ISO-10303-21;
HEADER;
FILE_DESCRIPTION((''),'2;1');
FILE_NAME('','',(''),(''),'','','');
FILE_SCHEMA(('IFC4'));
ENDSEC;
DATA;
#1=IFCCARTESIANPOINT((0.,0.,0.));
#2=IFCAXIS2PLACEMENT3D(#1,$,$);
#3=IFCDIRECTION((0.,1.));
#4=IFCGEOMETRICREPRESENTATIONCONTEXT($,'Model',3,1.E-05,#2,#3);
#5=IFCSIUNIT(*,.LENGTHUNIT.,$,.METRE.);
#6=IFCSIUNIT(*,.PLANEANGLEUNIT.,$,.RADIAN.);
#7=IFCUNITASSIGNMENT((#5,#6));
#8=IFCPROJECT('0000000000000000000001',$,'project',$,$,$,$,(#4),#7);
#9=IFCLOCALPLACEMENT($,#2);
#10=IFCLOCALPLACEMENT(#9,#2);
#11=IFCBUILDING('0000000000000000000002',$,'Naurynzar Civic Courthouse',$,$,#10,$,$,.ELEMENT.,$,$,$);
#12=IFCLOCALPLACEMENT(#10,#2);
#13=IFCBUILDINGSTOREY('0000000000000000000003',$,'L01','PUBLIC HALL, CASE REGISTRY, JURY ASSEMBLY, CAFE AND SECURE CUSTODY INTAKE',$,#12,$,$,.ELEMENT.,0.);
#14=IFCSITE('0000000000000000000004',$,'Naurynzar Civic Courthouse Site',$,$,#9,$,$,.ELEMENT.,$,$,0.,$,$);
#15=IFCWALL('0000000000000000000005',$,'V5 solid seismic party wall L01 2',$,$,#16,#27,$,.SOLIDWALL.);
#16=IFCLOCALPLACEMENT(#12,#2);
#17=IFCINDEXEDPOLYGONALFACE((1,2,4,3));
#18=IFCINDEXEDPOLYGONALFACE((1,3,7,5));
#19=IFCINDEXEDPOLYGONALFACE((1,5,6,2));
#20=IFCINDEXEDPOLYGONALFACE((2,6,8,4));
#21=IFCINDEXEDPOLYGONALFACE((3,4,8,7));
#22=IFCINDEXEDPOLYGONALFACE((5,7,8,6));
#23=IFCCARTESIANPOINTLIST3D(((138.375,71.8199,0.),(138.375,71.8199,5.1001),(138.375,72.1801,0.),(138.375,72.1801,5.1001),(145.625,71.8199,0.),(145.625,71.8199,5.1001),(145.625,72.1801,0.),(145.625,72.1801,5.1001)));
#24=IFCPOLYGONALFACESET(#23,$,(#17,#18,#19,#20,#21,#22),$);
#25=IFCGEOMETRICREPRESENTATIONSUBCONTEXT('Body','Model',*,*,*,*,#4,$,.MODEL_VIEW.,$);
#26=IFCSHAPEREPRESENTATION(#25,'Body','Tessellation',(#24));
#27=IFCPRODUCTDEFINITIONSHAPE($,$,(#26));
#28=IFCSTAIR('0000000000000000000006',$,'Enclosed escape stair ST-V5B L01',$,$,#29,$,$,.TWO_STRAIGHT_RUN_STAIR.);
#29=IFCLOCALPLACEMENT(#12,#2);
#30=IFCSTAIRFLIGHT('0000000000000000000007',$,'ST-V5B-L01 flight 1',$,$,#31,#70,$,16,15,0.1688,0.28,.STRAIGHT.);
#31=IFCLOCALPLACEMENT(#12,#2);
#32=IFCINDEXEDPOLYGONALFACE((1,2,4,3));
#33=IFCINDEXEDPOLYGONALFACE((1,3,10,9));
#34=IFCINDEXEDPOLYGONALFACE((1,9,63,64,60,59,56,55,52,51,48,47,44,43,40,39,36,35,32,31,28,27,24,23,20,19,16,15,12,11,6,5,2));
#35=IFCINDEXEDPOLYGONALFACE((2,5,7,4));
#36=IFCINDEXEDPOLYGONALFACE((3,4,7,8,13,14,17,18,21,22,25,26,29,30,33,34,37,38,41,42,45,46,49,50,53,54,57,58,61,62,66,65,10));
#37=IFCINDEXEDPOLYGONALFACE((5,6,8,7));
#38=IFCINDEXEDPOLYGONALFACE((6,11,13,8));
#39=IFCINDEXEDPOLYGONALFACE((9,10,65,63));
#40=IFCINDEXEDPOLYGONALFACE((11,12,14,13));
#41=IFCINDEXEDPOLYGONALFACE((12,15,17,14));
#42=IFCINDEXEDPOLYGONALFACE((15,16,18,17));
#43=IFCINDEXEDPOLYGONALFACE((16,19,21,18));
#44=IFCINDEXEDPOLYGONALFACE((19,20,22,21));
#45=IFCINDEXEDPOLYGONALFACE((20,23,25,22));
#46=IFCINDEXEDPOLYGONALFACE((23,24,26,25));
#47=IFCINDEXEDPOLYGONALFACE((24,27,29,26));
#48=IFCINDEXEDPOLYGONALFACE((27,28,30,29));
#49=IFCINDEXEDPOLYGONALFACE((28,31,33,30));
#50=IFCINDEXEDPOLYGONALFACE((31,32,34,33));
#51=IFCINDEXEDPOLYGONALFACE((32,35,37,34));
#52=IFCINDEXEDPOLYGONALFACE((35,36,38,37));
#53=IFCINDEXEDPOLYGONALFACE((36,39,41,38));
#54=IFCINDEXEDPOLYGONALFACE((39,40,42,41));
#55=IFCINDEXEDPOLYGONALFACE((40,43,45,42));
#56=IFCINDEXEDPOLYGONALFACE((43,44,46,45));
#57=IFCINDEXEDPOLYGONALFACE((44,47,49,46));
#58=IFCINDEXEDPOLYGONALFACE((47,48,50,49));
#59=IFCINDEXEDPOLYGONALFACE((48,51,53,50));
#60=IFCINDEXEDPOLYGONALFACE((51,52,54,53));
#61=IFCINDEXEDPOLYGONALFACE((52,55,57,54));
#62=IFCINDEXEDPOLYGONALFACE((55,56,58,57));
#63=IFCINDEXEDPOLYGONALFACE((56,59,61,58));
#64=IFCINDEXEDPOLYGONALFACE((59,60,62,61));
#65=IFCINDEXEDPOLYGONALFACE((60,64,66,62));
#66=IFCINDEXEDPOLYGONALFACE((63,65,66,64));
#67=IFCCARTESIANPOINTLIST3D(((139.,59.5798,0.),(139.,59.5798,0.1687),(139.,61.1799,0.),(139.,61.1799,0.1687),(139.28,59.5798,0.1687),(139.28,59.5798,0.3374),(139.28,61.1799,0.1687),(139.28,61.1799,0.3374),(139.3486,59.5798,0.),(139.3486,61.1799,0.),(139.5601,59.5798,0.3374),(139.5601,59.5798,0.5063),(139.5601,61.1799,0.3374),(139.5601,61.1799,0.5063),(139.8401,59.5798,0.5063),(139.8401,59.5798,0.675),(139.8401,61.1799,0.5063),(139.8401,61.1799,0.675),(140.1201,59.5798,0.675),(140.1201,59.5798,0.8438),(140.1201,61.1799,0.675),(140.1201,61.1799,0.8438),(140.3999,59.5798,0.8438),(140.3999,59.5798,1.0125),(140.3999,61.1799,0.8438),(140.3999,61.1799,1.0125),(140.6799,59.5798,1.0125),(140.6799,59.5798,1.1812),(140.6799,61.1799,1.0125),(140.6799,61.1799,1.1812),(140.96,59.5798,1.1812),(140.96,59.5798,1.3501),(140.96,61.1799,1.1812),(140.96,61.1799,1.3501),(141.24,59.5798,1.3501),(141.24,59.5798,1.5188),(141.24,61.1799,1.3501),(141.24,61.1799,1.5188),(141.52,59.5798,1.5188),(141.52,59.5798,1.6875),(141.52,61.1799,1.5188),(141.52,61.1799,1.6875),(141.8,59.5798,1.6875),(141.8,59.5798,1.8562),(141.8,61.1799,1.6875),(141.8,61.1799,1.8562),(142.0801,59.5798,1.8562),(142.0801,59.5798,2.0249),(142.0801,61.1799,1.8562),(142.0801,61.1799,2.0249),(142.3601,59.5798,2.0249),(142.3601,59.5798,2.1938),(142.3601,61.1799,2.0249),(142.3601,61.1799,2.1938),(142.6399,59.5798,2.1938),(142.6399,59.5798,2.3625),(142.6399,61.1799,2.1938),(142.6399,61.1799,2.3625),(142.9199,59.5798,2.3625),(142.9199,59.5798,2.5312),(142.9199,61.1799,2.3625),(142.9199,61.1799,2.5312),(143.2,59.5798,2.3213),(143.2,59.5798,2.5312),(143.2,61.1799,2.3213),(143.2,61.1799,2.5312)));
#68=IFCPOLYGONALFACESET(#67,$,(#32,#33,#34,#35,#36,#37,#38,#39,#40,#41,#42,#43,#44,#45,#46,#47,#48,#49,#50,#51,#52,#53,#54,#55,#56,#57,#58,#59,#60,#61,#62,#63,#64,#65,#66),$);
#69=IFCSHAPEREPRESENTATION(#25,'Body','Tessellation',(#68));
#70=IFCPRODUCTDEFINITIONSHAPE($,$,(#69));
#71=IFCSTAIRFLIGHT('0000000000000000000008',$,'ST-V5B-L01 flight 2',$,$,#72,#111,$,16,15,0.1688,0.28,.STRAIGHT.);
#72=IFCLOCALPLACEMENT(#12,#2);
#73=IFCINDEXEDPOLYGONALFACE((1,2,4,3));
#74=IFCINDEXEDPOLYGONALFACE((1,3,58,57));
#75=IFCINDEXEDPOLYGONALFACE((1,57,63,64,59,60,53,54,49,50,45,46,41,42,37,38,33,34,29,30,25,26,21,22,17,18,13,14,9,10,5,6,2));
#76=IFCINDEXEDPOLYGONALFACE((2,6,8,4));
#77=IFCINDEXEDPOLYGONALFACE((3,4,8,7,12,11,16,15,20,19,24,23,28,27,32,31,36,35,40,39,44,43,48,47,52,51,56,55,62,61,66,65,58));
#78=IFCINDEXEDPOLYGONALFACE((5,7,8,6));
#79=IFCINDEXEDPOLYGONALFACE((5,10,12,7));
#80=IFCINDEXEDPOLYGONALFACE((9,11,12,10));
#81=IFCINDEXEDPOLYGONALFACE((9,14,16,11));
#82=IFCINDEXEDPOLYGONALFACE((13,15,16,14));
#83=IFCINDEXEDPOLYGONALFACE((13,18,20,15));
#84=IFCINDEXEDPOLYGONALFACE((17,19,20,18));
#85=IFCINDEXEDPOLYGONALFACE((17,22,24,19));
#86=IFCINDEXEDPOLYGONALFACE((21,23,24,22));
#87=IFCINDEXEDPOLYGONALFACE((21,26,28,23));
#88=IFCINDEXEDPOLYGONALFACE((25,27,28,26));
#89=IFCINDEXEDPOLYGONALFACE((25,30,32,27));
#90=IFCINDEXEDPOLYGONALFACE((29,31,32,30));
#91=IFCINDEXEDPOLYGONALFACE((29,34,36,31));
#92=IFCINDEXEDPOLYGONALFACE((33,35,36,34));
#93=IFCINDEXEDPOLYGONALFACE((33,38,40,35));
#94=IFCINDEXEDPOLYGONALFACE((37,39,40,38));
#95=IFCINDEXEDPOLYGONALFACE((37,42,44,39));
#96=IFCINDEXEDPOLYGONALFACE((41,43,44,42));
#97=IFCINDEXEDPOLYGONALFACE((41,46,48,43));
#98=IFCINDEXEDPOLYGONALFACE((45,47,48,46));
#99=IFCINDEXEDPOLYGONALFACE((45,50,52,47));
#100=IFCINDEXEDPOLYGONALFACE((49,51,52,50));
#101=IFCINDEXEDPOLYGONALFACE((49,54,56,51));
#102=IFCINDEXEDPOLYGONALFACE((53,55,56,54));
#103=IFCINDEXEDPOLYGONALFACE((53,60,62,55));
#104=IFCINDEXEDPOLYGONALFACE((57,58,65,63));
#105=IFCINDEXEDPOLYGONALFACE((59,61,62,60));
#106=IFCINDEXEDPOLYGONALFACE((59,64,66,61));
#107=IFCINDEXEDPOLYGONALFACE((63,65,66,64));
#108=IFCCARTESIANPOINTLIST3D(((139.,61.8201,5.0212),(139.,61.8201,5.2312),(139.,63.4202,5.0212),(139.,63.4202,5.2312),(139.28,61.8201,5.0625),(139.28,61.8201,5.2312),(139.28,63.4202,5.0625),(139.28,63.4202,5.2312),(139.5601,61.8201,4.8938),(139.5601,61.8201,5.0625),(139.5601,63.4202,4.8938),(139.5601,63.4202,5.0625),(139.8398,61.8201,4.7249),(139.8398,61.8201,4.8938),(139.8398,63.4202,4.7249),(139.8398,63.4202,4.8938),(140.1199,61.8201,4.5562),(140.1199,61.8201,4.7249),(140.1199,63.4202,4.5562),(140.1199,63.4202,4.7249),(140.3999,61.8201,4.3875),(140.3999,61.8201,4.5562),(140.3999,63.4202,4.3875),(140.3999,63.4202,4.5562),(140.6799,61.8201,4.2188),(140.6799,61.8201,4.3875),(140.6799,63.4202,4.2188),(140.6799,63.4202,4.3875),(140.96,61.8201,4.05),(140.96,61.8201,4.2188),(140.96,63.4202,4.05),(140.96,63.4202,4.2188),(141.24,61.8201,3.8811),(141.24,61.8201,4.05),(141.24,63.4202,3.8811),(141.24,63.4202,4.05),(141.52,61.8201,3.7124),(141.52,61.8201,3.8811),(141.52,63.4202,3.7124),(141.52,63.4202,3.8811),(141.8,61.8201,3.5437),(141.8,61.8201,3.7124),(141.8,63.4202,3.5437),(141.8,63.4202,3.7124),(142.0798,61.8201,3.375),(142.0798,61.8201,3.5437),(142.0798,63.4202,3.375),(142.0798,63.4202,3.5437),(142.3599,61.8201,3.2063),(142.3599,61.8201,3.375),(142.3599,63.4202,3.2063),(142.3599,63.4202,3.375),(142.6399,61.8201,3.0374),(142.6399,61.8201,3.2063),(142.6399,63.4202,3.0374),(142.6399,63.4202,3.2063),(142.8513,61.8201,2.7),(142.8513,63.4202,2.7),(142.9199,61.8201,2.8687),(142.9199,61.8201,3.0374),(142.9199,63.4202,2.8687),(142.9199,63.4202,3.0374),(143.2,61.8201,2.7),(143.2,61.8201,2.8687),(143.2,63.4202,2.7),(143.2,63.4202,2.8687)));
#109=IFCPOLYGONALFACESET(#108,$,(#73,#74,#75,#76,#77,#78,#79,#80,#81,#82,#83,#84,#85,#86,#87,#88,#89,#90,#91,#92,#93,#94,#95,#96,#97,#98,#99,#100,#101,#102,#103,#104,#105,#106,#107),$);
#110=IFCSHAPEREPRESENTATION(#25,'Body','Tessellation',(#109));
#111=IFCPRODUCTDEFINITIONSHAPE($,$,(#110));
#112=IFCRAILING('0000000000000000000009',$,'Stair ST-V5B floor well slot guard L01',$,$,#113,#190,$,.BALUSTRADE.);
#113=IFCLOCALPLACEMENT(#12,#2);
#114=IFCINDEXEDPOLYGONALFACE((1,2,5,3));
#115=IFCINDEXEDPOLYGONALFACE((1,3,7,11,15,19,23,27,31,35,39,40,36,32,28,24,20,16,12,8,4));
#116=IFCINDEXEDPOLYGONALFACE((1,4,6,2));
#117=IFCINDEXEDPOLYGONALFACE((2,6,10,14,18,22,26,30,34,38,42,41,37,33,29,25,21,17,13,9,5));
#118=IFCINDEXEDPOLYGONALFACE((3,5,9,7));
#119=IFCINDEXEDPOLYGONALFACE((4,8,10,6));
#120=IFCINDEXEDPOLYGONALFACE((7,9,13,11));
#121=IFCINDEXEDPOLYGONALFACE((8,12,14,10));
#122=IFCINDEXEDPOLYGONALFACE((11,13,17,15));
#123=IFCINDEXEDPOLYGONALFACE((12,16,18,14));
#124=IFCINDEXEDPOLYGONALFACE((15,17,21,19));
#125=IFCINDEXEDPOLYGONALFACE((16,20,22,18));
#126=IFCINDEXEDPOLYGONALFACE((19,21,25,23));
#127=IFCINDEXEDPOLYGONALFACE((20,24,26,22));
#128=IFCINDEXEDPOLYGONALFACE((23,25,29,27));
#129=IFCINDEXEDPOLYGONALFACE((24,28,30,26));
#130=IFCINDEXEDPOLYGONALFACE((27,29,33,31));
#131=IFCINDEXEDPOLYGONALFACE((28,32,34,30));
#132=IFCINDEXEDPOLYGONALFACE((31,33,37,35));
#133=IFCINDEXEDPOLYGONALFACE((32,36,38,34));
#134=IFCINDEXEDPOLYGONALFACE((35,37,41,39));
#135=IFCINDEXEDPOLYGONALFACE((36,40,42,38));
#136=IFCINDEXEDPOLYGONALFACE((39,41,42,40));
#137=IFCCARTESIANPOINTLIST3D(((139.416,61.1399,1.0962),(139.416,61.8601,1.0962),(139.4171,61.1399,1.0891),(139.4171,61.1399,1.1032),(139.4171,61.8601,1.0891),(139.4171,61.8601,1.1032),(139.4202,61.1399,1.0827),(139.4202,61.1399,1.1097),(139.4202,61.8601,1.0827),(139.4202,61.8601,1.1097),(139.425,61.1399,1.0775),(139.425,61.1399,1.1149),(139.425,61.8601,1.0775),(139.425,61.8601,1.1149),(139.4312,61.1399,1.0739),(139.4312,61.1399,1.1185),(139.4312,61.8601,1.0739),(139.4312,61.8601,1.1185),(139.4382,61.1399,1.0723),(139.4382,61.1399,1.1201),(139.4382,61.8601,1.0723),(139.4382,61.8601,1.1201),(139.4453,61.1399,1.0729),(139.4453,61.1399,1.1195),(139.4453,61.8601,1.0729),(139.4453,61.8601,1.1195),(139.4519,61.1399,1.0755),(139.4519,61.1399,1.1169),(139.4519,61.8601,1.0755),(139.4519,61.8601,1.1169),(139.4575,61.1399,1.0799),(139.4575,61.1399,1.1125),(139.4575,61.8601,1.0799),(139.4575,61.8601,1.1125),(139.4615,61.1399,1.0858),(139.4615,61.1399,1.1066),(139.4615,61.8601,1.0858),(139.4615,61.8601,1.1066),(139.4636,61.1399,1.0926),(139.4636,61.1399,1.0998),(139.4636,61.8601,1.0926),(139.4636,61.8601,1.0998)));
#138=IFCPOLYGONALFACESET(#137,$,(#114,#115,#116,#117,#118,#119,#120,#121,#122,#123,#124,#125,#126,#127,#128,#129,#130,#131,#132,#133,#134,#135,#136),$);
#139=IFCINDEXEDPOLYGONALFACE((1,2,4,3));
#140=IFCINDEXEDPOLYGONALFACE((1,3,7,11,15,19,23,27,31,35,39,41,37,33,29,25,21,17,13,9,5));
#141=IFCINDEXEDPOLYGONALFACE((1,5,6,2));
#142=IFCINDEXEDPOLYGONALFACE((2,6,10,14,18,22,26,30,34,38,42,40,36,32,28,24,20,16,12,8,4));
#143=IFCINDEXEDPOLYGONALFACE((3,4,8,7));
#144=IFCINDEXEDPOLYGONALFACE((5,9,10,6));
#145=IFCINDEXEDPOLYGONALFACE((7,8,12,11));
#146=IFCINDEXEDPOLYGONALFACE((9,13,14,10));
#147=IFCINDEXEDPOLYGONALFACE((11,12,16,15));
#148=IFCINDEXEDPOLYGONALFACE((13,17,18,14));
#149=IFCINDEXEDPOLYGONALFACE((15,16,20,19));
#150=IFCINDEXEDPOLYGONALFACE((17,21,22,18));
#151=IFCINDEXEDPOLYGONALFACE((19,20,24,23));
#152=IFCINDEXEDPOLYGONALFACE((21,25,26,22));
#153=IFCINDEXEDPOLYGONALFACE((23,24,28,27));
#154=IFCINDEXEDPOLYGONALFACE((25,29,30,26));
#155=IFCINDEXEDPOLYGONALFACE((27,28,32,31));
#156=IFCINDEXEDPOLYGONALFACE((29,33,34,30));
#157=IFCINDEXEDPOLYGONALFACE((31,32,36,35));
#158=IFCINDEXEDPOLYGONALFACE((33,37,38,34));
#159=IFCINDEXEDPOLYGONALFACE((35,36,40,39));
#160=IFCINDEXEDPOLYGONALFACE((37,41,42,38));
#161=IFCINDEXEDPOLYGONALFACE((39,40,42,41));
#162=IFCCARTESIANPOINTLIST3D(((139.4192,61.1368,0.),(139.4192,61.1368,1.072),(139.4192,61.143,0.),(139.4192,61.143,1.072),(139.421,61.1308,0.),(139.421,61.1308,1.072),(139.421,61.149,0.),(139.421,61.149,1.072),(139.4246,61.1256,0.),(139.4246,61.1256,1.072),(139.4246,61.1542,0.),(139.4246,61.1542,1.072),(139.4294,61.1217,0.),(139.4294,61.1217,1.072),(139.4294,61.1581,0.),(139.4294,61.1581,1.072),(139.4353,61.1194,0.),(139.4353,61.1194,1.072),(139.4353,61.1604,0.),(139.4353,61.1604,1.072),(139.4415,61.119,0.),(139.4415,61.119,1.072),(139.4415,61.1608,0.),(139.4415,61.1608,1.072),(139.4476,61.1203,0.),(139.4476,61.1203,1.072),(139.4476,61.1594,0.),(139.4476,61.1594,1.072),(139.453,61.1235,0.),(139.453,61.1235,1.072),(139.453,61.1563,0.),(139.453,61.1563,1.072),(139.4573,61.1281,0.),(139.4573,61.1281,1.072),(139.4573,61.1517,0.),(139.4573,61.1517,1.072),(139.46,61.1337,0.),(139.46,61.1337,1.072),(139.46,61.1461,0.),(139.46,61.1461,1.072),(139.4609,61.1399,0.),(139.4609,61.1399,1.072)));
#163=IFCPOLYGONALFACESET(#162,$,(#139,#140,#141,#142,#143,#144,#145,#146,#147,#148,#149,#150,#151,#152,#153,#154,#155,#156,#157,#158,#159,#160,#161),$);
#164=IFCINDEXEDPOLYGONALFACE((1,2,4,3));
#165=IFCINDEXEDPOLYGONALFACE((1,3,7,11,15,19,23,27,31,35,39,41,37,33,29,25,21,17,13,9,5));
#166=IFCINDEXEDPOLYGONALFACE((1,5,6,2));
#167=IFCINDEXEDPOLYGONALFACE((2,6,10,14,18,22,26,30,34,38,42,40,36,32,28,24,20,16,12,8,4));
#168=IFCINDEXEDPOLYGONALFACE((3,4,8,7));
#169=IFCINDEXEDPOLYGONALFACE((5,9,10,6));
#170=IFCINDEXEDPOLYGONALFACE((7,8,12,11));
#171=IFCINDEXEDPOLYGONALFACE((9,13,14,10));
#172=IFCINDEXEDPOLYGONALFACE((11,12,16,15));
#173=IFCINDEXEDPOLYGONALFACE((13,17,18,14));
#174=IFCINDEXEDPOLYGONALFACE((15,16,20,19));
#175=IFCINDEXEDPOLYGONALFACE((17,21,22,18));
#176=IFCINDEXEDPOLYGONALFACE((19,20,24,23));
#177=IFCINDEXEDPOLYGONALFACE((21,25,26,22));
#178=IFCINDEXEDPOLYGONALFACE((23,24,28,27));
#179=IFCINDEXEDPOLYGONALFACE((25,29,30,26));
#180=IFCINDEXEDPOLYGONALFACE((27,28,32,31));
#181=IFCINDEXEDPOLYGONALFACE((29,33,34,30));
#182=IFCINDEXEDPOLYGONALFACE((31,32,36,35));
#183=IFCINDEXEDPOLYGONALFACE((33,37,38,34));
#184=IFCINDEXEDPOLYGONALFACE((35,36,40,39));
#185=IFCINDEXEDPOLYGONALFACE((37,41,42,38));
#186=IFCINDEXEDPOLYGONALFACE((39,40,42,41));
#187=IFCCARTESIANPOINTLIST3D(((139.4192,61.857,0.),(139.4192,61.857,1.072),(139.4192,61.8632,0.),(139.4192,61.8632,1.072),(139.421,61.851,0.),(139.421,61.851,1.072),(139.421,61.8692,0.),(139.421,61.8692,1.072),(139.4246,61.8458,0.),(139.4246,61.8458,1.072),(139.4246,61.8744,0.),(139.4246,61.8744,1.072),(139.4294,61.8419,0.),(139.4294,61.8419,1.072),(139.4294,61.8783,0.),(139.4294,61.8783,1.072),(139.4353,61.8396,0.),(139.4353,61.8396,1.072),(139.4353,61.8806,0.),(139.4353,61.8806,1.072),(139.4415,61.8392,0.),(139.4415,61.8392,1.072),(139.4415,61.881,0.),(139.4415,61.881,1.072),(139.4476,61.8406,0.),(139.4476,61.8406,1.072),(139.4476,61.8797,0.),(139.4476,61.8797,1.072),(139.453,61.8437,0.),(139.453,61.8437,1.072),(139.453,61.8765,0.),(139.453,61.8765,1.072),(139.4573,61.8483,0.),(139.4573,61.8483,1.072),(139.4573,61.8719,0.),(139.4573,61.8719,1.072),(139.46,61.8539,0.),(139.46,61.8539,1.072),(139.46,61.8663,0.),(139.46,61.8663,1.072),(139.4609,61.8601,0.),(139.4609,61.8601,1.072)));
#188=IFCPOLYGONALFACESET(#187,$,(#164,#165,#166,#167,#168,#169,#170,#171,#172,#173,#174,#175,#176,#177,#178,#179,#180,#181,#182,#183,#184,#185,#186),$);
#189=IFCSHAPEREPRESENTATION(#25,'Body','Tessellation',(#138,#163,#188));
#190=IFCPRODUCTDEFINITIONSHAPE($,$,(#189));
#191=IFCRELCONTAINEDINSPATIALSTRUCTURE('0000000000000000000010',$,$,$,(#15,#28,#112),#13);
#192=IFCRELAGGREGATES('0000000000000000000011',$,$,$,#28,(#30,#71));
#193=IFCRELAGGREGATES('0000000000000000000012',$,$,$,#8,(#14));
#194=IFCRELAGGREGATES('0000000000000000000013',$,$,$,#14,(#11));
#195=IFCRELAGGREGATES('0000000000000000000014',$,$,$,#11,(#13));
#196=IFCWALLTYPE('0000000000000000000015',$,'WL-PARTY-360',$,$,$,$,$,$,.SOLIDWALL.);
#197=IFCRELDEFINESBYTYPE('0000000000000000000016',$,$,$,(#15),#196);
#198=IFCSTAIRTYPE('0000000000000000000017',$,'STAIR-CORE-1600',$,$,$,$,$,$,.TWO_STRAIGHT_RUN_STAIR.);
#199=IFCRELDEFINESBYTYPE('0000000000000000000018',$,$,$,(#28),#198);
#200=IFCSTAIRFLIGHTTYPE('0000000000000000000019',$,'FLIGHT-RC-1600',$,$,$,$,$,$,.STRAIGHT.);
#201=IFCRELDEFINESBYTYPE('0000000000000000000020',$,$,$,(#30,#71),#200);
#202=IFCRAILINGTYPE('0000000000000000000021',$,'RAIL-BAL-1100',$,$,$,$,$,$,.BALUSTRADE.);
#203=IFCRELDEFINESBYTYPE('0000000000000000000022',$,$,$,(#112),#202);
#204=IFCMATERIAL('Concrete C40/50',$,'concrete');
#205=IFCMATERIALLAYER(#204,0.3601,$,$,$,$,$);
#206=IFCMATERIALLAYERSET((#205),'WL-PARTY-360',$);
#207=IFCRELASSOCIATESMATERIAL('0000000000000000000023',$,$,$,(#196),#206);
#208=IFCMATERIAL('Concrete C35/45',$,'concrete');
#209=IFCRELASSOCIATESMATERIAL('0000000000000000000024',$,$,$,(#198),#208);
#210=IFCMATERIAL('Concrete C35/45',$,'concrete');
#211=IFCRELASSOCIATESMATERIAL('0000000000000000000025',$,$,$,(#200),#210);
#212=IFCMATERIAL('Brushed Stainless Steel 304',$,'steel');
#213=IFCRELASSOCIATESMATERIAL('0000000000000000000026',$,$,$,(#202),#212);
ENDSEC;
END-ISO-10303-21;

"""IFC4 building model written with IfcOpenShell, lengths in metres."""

from ifc_helpers import new_model, si_unit, direction, frame, frame_2d, origin, origin_2d, place, context, subcontext, project, spatial, polyline, rectangle, circle, outline, extrude, material, layer, layer_set, type_object, element, aggregate, save


model = new_model("IFC4")

# Units and contexts
model_context = context("Model", 3, precision=1e-05, world=origin(), true_north=direction((0.0, 1.0)))
body_context = subcontext(model_context, "Body", "Model", "MODEL_VIEW")
ifc_project = project(units=[si_unit("LENGTHUNIT", "METRE"), si_unit("PLANEANGLEUNIT", "RADIAN")], contexts=[model_context])

# Site, building, storey
site_placement = place(None, origin())
site = spatial("IfcSite", under=ifc_project, at=site_placement, Name="Naurynzar Civic Courthouse Site", CompositionType="ELEMENT", RefElevation=0.0)
building_placement = place(site_placement, origin())
building = spatial("IfcBuilding", under=site, at=building_placement, Name="Naurynzar Civic Courthouse", CompositionType="ELEMENT")
storey_placement = place(building_placement, origin())
storey = spatial("IfcBuildingStorey", under=building, at=storey_placement, Name="L01", Description="PUBLIC HALL, CASE REGISTRY, JURY ASSEMBLY, CAFE AND SECURE CUSTODY INTAKE", CompositionType="ELEMENT", Elevation=0.0)

# Wall
ifc_material_1 = material(Name="Concrete C40/50", Category="concrete")
ifc_layer_1 = layer(ifc_material_1, 0.3601)
ifc_layer_set_1 = layer_set([ifc_layer_1], Name="WL-PARTY-360")
wall_type_1 = type_object("IfcWallType", Name="WL-PARTY-360", PredefinedType="SOLIDWALL", material=ifc_layer_set_1)
wall_1_placement = place(storey_placement, frame((138.375, 72.0, 0.0), z_axis=(0.0, 0.0, 1.0), x_axis=(1.0, 0.0, 0.0)))
element("IfcWall", 1, at=wall_1_placement, inside=storey, type_object=wall_type_1, Name="V5 solid seismic party wall L01 2", PredefinedType="SOLIDWALL", context=body_context, shape_type="SweptSolid", body=[
    extrude(rectangle(XDim=7.25, YDim=0.3601, at=frame_2d((3.625, 0.0))), origin(), (0.0, 0.0, 1.0), 5.1001),
])

# Stair, stair flights
ifc_material_2 = material(Name="Concrete C35/45", Category="concrete")
stair_type = type_object("IfcStairType", Name="STAIR-CORE-1600", PredefinedType="TWO_STRAIGHT_RUN_STAIR", material=ifc_material_2)
stair_placement = place(storey_placement, origin())
stair = element("IfcStair", 2, at=stair_placement, inside=storey, type_object=stair_type, Name="Enclosed escape stair ST-V5B L01", PredefinedType="TWO_STRAIGHT_RUN_STAIR")
ifc_material_3 = material(Name="Concrete C35/45", Category="concrete")
stair_flight_type = type_object("IfcStairFlightType", Name="FLIGHT-RC-1600", PredefinedType="STRAIGHT", material=ifc_material_3)
stair_flight_1_placement = place(storey_placement, frame((139.0, 60.3799, 0.0), z_axis=(0.0, 0.0, 1.0), x_axis=(1.0, 0.0, 0.0)))
stair_flight_1 = element("IfcStairFlight", 3, at=stair_flight_1_placement, type_object=stair_flight_type, Name="ST-V5B-L01 flight 1", NumberOfRisers=16, NumberOfTreads=15, PredefinedType="STRAIGHT", RiserHeight=0.1688, TreadLength=0.28, context=body_context, shape_type="SweptSolid", body=[
    extrude(outline(polyline([(0.0, 0.0), (0.0, 0.1687), (0.28, 0.1687), (0.28, 0.3374), (0.5601, 0.3374), (0.5601, 0.5063), (0.8401, 0.5063), (0.8401, 0.675), (1.1201, 0.675), (1.1201, 0.8438), (1.3999, 0.8438), (1.3999, 1.0125), (1.6799, 1.0125), (1.6799, 1.1812), (1.96, 1.1812), (1.96, 1.3501), (2.24, 1.3501), (2.24, 1.5188), (2.52, 1.5188), (2.52, 1.6875), (2.8, 1.6875), (2.8, 1.8562), (3.0801, 1.8562), (3.0801, 2.0249), (3.3601, 2.0249), (3.3601, 2.1938), (3.6399, 2.1938), (3.6399, 2.3625), (3.9199, 2.3625), (3.9199, 2.5312), (4.2, 2.5312), (4.2, 2.7), (4.2, 2.3213), (0.3486, 0.0), (0.0, 0.0)])), frame((0.0, 0.8, 0.0), z_axis=(0.0, -1.0, 0.0), x_axis=(1.0, 0.0, 0.0)), (0.0, 0.0, 1.0), 1.6001),
])
stair_flight_2_placement = place(storey_placement, frame((143.2, 62.6201, 2.7), z_axis=(0.0, 0.0, 1.0), x_axis=(-1.0, 0.0, 0.0)))
stair_flight_2 = element("IfcStairFlight", 4, at=stair_flight_2_placement, type_object=stair_flight_type, Name="ST-V5B-L01 flight 2", NumberOfRisers=16, NumberOfTreads=15, PredefinedType="STRAIGHT", RiserHeight=0.1688, TreadLength=0.28, context=body_context, shape_type="SweptSolid", body=[
    extrude(outline(polyline([(0.0, 0.0), (0.0, 0.1687), (0.28, 0.1687), (0.28, 0.3374), (0.5601, 0.3374), (0.5601, 0.5063), (0.8401, 0.5063), (0.8401, 0.675), (1.1201, 0.675), (1.1201, 0.8438), (1.3999, 0.8438), (1.3999, 1.0125), (1.6799, 1.0125), (1.6799, 1.1812), (1.96, 1.1812), (1.96, 1.3501), (2.24, 1.3501), (2.24, 1.5188), (2.52, 1.5188), (2.52, 1.6875), (2.8, 1.6875), (2.8, 1.8562), (3.0801, 1.8562), (3.0801, 2.0249), (3.3601, 2.0249), (3.3601, 2.1938), (3.6399, 2.1938), (3.6399, 2.3625), (3.9199, 2.3625), (3.9199, 2.5312), (4.2, 2.5312), (4.2, 2.7), (4.2, 2.3213), (0.3486, 0.0), (0.0, 0.0)])), frame((0.0, 0.8, 0.0), z_axis=(0.0, -1.0, 0.0), x_axis=(1.0, 0.0, 0.0)), (0.0, 0.0, 1.0), 1.6001),
])
aggregate(stair, [stair_flight_1, stair_flight_2])

# Railing
ifc_material_4 = material(Name="Brushed Stainless Steel 304", Category="steel")
railing_type_1 = type_object("IfcRailingType", Name="RAIL-BAL-1100", PredefinedType="BALUSTRADE", material=ifc_material_4)
for number, where, name in (
    (5, (139.4399, 61.1399, 0.0), "Stair ST-V5B floor well slot guard L01"),
):
    element("IfcRailing", number, at=place(storey_placement, frame(where)), inside=storey, type_object=railing_type_1, Name=name, PredefinedType="BALUSTRADE", context=body_context, shape_type="SweptSolid", body=[
        extrude(circle(Radius=0.0239, at=origin_2d()), frame((0.0, 0.0, 1.0962), z_axis=(0.0, 1.0, 0.0), x_axis=(-1.0, 0.0, 0.0)), (0.0, 0.0, 1.0), 0.7202),
        extrude(circle(Radius=0.021, at=origin_2d()), origin(), (0.0, 0.0, 1.0), 1.072),
        extrude(circle(Radius=0.021, at=origin_2d()), frame((0.0, 0.7202, 0.0)), (0.0, 0.0, 1.0), 1.072),
    ])

save(model, "model.ifc")
